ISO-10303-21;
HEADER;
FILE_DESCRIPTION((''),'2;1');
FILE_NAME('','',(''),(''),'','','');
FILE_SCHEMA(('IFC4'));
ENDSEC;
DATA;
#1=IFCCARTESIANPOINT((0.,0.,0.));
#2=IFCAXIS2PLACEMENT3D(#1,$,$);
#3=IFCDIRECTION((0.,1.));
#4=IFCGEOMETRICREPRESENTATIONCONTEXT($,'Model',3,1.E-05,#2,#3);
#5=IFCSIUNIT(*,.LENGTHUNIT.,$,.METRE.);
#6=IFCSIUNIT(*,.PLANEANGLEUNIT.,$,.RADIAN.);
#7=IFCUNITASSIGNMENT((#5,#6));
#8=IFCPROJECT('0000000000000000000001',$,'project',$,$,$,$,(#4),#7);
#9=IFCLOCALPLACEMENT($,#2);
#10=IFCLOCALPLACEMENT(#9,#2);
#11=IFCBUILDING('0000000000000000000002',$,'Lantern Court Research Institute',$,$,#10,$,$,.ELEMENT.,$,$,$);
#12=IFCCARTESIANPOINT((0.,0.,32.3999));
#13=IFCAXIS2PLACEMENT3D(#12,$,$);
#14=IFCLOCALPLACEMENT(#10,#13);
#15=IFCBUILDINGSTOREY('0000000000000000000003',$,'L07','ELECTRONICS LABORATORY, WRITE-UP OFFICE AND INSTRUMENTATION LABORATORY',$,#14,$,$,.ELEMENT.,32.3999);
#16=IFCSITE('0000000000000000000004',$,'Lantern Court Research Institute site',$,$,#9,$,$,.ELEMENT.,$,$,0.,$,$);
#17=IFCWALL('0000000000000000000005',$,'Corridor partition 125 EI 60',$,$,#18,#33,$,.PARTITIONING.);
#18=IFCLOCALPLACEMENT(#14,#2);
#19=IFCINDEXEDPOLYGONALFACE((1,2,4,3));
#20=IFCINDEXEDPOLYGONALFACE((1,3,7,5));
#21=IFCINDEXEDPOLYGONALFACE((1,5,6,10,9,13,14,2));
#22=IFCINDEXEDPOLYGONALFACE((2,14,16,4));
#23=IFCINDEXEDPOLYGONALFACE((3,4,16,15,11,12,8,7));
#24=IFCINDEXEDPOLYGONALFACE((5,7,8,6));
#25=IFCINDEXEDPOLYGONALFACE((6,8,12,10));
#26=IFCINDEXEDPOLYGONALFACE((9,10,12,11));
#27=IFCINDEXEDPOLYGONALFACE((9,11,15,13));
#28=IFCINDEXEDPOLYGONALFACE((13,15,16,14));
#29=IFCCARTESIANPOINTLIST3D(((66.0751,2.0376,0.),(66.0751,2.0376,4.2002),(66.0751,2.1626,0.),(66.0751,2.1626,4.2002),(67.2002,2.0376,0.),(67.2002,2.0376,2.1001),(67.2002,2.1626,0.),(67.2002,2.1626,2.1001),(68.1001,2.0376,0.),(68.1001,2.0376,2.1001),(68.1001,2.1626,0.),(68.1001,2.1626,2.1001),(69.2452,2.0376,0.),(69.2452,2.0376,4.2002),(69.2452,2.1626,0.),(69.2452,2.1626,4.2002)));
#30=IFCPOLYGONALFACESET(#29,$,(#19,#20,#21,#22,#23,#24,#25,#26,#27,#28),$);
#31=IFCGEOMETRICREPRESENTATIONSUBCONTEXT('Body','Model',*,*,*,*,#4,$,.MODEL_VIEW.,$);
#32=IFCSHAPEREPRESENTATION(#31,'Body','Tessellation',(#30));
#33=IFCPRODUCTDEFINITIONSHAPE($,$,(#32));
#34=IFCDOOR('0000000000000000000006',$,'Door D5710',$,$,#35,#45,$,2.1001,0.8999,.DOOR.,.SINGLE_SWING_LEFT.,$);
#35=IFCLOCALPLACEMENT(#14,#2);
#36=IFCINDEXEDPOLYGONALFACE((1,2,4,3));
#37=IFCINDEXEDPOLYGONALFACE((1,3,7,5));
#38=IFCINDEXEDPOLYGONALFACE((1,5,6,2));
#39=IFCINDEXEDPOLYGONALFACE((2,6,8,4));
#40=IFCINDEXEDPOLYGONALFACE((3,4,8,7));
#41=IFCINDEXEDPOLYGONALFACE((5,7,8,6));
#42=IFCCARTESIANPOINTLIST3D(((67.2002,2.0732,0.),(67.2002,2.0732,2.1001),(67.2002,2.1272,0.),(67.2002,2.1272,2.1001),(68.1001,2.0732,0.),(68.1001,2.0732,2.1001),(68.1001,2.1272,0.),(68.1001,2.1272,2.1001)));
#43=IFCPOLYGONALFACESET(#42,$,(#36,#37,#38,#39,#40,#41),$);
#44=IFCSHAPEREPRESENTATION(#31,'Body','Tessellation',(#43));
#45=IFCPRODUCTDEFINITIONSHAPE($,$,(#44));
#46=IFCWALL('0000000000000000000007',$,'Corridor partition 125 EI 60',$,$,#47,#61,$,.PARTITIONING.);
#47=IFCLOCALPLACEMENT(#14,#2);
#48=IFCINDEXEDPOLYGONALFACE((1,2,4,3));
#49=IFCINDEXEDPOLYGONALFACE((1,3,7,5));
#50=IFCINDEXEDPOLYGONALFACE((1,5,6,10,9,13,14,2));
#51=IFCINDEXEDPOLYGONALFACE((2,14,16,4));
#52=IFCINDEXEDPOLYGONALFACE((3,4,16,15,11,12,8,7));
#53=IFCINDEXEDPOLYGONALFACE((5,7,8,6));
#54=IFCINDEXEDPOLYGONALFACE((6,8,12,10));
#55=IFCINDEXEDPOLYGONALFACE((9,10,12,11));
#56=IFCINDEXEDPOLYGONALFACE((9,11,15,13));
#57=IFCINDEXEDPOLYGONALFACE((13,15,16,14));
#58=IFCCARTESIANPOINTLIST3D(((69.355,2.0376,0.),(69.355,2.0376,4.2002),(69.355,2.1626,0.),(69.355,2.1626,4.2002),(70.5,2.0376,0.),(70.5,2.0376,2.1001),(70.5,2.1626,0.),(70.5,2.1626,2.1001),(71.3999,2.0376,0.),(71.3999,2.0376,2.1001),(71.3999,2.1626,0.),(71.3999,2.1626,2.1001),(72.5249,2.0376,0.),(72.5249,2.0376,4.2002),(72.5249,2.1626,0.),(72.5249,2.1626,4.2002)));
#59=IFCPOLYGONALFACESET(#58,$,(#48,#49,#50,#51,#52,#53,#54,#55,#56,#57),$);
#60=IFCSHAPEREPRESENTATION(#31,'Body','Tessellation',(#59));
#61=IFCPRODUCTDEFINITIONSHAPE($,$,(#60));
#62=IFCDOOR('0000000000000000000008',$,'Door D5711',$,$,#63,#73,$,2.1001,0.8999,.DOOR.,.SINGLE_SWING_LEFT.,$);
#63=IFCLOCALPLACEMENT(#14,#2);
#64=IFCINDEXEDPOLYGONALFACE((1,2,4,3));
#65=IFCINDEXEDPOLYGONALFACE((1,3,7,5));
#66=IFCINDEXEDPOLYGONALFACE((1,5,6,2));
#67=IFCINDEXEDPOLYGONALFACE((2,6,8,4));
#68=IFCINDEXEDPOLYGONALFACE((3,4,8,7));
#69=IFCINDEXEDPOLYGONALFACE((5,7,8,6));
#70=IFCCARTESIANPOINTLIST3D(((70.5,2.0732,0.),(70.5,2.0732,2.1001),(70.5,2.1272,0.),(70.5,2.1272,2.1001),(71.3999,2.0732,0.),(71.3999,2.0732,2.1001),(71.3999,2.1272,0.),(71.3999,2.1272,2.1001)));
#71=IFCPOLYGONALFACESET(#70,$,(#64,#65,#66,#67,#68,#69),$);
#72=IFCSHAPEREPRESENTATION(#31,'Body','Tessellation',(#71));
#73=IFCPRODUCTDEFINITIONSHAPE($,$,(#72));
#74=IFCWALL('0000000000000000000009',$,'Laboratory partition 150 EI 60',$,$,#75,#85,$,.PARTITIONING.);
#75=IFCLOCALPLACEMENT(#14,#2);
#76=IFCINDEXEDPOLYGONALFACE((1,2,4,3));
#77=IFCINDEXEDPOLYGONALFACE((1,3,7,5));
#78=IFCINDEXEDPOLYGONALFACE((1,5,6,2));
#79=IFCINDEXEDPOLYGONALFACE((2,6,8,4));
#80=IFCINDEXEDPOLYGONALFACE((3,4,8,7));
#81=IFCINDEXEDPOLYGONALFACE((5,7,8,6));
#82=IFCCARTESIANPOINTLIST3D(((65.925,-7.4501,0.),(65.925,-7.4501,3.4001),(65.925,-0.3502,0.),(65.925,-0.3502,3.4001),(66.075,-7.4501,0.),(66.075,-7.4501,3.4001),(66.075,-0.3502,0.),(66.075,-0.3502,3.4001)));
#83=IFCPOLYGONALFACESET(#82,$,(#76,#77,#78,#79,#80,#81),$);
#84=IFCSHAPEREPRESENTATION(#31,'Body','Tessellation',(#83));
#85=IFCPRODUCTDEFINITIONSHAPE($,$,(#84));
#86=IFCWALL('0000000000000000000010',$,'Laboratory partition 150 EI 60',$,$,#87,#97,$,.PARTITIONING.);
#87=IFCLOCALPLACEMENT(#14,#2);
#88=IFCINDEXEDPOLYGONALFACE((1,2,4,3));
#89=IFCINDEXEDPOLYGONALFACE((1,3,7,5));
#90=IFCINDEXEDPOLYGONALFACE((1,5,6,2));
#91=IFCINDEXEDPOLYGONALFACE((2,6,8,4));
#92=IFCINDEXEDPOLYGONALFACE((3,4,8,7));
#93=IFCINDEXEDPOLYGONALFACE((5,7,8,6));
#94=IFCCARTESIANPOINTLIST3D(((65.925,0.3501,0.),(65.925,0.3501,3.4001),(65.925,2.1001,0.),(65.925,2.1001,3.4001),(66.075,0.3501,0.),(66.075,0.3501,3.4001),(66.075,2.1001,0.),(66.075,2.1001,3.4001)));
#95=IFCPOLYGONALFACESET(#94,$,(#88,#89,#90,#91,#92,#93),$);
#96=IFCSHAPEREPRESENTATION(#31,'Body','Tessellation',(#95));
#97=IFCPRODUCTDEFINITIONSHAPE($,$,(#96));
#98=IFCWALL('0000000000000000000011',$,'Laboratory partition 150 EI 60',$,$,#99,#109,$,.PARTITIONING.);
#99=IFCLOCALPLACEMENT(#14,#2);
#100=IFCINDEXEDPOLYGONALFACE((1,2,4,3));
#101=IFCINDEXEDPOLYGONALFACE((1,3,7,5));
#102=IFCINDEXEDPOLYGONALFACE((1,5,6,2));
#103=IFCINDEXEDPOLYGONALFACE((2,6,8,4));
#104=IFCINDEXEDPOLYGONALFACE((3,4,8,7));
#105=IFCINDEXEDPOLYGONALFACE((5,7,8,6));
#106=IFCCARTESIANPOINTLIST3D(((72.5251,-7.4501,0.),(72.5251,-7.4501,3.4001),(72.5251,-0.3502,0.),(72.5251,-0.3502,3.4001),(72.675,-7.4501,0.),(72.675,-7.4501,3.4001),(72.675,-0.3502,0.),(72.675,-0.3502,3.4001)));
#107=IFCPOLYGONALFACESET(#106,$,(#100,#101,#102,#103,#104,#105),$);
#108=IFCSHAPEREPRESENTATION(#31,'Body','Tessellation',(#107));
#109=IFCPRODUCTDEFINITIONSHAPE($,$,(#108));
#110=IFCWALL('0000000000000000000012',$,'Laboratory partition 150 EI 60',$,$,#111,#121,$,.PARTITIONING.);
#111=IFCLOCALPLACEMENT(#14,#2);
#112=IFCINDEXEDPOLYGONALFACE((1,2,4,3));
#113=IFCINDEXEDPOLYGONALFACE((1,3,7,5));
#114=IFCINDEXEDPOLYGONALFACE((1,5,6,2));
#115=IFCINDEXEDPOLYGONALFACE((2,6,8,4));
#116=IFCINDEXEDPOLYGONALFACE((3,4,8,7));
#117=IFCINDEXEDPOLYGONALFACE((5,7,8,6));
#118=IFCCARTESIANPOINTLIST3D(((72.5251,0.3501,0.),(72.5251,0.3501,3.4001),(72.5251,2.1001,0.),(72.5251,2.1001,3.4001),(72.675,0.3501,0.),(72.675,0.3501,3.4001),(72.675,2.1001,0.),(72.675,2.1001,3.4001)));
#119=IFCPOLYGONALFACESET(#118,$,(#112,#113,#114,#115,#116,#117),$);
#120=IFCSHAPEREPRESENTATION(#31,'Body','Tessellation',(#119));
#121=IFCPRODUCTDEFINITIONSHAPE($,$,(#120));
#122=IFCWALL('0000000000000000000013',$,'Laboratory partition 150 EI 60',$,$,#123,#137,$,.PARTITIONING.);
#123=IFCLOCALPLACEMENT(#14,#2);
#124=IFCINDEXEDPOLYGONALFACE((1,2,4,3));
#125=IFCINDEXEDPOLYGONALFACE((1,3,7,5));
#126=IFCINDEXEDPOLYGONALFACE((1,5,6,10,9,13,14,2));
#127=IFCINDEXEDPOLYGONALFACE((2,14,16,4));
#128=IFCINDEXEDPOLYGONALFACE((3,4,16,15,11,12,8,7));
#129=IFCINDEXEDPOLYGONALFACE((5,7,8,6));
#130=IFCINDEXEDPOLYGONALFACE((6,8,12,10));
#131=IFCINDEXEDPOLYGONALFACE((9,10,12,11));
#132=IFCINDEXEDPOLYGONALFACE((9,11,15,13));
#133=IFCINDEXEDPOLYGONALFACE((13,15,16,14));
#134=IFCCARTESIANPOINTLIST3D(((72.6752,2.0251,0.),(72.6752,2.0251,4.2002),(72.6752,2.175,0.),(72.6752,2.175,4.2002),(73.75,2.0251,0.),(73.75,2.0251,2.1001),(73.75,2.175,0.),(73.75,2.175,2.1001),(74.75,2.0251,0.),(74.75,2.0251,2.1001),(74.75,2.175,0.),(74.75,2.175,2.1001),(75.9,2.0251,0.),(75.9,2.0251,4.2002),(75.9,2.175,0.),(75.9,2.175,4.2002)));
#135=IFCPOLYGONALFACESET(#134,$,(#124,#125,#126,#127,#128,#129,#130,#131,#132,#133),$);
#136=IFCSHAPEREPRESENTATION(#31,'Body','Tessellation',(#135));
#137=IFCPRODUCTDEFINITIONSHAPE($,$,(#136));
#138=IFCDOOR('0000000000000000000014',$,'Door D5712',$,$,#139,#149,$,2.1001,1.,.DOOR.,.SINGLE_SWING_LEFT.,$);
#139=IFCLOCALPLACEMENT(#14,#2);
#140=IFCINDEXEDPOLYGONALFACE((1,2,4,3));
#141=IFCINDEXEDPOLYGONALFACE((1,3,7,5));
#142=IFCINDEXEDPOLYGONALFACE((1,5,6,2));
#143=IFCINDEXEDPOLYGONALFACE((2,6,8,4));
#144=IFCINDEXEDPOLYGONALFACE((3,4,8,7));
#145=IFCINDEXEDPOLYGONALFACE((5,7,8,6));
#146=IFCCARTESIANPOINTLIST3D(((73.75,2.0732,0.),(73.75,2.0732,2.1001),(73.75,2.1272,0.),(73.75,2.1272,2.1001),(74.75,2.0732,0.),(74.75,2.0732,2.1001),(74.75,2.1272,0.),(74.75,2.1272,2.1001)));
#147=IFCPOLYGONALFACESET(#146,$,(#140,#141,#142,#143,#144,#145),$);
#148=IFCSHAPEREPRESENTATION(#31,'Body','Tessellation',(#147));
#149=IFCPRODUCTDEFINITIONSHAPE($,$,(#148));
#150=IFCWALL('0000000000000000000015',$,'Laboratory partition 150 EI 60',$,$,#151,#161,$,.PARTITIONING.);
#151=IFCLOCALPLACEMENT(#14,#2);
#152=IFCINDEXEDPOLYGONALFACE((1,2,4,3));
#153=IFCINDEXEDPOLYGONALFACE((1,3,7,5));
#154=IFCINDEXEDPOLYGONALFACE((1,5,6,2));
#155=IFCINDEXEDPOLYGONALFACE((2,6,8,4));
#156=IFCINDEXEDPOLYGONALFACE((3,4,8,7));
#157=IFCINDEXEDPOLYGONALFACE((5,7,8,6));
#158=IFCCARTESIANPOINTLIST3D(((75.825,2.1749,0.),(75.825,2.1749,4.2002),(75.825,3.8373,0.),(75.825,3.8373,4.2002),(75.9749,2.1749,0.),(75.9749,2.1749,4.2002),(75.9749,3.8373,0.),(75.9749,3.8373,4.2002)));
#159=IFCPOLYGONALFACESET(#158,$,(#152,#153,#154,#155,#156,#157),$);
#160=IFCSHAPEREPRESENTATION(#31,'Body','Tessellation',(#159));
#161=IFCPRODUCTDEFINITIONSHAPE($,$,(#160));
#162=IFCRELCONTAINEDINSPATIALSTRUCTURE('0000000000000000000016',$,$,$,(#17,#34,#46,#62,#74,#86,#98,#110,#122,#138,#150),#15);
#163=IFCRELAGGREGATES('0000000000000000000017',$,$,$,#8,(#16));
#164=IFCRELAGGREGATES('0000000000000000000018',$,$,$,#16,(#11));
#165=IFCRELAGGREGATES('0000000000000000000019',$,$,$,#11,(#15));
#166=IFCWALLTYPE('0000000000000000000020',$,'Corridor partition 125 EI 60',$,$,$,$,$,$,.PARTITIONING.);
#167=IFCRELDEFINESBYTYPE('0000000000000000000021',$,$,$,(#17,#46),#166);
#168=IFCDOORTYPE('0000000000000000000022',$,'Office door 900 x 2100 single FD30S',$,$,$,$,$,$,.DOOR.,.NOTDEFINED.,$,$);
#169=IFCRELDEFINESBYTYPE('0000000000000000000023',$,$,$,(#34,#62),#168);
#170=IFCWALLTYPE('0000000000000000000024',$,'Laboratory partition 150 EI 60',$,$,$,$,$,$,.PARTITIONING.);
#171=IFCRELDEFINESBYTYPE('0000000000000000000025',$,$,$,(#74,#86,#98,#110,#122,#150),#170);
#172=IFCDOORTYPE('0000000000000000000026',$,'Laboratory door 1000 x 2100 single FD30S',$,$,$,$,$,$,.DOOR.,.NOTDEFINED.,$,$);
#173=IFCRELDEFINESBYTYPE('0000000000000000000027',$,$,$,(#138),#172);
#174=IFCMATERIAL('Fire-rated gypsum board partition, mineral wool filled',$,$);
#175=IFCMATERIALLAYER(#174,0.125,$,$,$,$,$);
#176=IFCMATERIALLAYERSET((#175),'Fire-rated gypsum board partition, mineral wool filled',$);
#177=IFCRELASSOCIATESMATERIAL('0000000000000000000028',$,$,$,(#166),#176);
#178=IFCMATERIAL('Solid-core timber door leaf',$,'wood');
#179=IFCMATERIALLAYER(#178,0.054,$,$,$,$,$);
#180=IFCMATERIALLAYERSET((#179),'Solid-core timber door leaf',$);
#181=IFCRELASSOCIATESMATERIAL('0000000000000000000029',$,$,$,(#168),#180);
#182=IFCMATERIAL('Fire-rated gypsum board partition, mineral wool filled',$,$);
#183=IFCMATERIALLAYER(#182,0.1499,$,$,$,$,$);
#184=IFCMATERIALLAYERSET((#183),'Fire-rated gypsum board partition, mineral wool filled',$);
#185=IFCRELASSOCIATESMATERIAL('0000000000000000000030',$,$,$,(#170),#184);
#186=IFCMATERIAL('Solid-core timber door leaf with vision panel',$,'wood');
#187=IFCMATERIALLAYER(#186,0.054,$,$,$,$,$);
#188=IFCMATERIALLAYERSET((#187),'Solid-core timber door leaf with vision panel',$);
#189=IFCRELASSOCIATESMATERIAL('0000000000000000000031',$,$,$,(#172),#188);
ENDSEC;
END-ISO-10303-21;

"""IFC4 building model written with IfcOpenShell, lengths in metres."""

from ifc_helpers import new_model, si_unit, direction, frame, frame_2d, origin, place, context, subcontext, project, spatial, rectangle, extrude, material, layer, layer_set, type_object, element, fill, save


model = new_model("IFC4")

# Units and contexts
model_context = context("Model", 3, precision=1e-05, world=origin(), true_north=direction((0.0, 1.0)))
body_context = subcontext(model_context, "Body", "Model", "MODEL_VIEW")
ifc_project = project(units=[si_unit("LENGTHUNIT", "METRE"), si_unit("PLANEANGLEUNIT", "RADIAN")], contexts=[model_context])

# Site, building, storey
site_placement = place(None, origin())
site = spatial("IfcSite", under=ifc_project, at=site_placement, Name="Lantern Court Research Institute site", CompositionType="ELEMENT", RefElevation=0.0)
building_placement = place(site_placement, origin())
building = spatial("IfcBuilding", under=site, at=building_placement, Name="Lantern Court Research Institute", CompositionType="ELEMENT")
storey_placement = place(building_placement, frame((0.0, 0.0, 32.3999)))
storey = spatial("IfcBuildingStorey", under=building, at=storey_placement, Name="L07", Description="ELECTRONICS LABORATORY, WRITE-UP OFFICE AND INSTRUMENTATION LABORATORY", CompositionType="ELEMENT", Elevation=32.3999)

# Walls, openings, doors
ifc_material_1 = material(Name="Fire-rated gypsum board partition, mineral wool filled")
ifc_layer_1 = layer(ifc_material_1, 0.125)
ifc_layer_set_1 = layer_set([ifc_layer_1], Name="Fire-rated gypsum board partition, mineral wool filled")
wall_type_1 = type_object("IfcWallType", Name="Corridor partition 125 EI 60", PredefinedType="PARTITIONING", material=ifc_layer_set_1)
wall_1_placement = place(storey_placement, frame((69.2451, 2.1001, 0.0), z_axis=(0.0, 0.0, 1.0), x_axis=(-1.0, 0.0, 0.0)))
wall_1 = element("IfcWall", 1, at=wall_1_placement, inside=storey, type_object=wall_type_1, Name="Corridor partition 125 EI 60", PredefinedType="PARTITIONING", context=body_context, shape_type="SweptSolid", body=[
    extrude(rectangle(XDim=3.1702, YDim=0.125, at=frame_2d((1.585, 0.0))), origin(), (0.0, 0.0, 1.0), 4.2002),
])
opening_1_placement = place(wall_1_placement, frame((1.145, 0.0, 0.0)))
opening_1 = element("IfcOpeningElement", 2, at=opening_1_placement, cuts=wall_1, PredefinedType="OPENING", context=body_context, shape_type="SweptSolid", body=[
    extrude(rectangle(XDim=0.8999, YDim=2.1001, at=frame_2d((0.45, 1.05))), frame((0.0, 0.0725, 0.0), z_axis=(0.0, -1.0, 0.0), x_axis=(1.0, 0.0, 0.0)), (0.0, 0.0, 1.0), 0.145),
])
ifc_material_2 = material(Name="Solid-core timber door leaf", Category="wood")
ifc_layer_2 = layer(ifc_material_2, 0.054)
ifc_layer_set_2 = layer_set([ifc_layer_2], Name="Solid-core timber door leaf")
door_type_1 = type_object("IfcDoorType", Name="Office door 900 x 2100 single FD30S", OperationType="NOTDEFINED", PredefinedType="DOOR", material=ifc_layer_set_2)
door_1_placement = place(opening_1_placement, origin())
door_1 = element("IfcDoor", 3, at=door_1_placement, inside=storey, type_object=door_type_1, Name="Door D5710", OperationType="SINGLE_SWING_LEFT", OverallHeight=2.1001, OverallWidth=0.8999, PredefinedType="DOOR", context=body_context, shape_type="SweptSolid", body=[
    extrude(rectangle(XDim=0.8999, YDim=2.1001, at=frame_2d((0.45, 1.05))), frame((0.0, 0.0269, 0.0), z_axis=(0.0, -1.0, 0.0), x_axis=(1.0, 0.0, 0.0)), (0.0, 0.0, 1.0), 0.054),
])
fill(opening_1, door_1)
wall_2_placement = place(storey_placement, frame((72.5249, 2.1001, 0.0), z_axis=(0.0, 0.0, 1.0), x_axis=(-1.0, 0.0, 0.0)))
wall_2 = element("IfcWall", 4, at=wall_2_placement, inside=storey, type_object=wall_type_1, Name="Corridor partition 125 EI 60", PredefinedType="PARTITIONING", context=body_context, shape_type="SweptSolid", body=[
    extrude(rectangle(XDim=3.1699, YDim=0.125, at=frame_2d((1.585, 0.0))), origin(), (0.0, 0.0, 1.0), 4.2002),
])
opening_2_placement = place(wall_2_placement, frame((1.125, 0.0, 0.0)))
opening_2 = element("IfcOpeningElement", 5, at=opening_2_placement, cuts=wall_2, PredefinedType="OPENING", context=body_context, shape_type="SweptSolid", body=[
    extrude(rectangle(XDim=0.8999, YDim=2.1001, at=frame_2d((0.45, 1.05))), frame((0.0, 0.0725, 0.0), z_axis=(0.0, -1.0, 0.0), x_axis=(1.0, 0.0, 0.0)), (0.0, 0.0, 1.0), 0.145),
])
door_2_placement = place(opening_2_placement, origin())
door_2 = element("IfcDoor", 6, at=door_2_placement, inside=storey, type_object=door_type_1, Name="Door D5711", OperationType="SINGLE_SWING_LEFT", OverallHeight=2.1001, OverallWidth=0.8999, PredefinedType="DOOR", context=body_context, shape_type="SweptSolid", body=[
    extrude(rectangle(XDim=0.8999, YDim=2.1001, at=frame_2d((0.45, 1.05))), frame((0.0, 0.0269, 0.0), z_axis=(0.0, -1.0, 0.0), x_axis=(1.0, 0.0, 0.0)), (0.0, 0.0, 1.0), 0.054),
])
fill(opening_2, door_2)

# Walls
ifc_material_3 = material(Name="Fire-rated gypsum board partition, mineral wool filled")
ifc_layer_3 = layer(ifc_material_3, 0.1499)
ifc_layer_set_3 = layer_set([ifc_layer_3], Name="Fire-rated gypsum board partition, mineral wool filled")
wall_type_2 = type_object("IfcWallType", Name="Laboratory partition 150 EI 60", PredefinedType="PARTITIONING", material=ifc_layer_set_3)
wall_3_placement = place(storey_placement, frame((66.0, -7.45, 0.0), z_axis=(0.0, 0.0, 1.0), x_axis=(0.0, 1.0, 0.0)))
element("IfcWall", 7, at=wall_3_placement, inside=storey, type_object=wall_type_2, Name="Laboratory partition 150 EI 60", PredefinedType="PARTITIONING", context=body_context, shape_type="SweptSolid", body=[
    extrude(rectangle(XDim=7.0999, YDim=0.1499, at=frame_2d((3.5498, 0.0))), origin(), (0.0, 0.0, 1.0), 3.4001),
])
wall_4_placement = place(storey_placement, frame((66.0, 0.3501, 0.0), z_axis=(0.0, 0.0, 1.0), x_axis=(0.0, 1.0, 0.0)))
element("IfcWall", 8, at=wall_4_placement, inside=storey, type_object=wall_type_2, Name="Laboratory partition 150 EI 60", PredefinedType="PARTITIONING", context=body_context, shape_type="SweptSolid", body=[
    extrude(rectangle(XDim=1.75, YDim=0.1499, at=frame_2d((0.875, 0.0))), origin(), (0.0, 0.0, 1.0), 3.4001),
])
wall_5_placement = place(storey_placement, frame((72.6001, -7.45, 0.0), z_axis=(0.0, 0.0, 1.0), x_axis=(0.0, 1.0, 0.0)))
element("IfcWall", 9, at=wall_5_placement, inside=storey, type_object=wall_type_2, Name="Laboratory partition 150 EI 60", PredefinedType="PARTITIONING", context=body_context, shape_type="SweptSolid", body=[
    extrude(rectangle(XDim=7.0999, YDim=0.1499, at=frame_2d((3.5498, 0.0))), origin(), (0.0, 0.0, 1.0), 3.4001),
])
wall_6_placement = place(storey_placement, frame((72.6001, 0.3501, 0.0), z_axis=(0.0, 0.0, 1.0), x_axis=(0.0, 1.0, 0.0)))
element("IfcWall", 10, at=wall_6_placement, inside=storey, type_object=wall_type_2, Name="Laboratory partition 150 EI 60", PredefinedType="PARTITIONING", context=body_context, shape_type="SweptSolid", body=[
    extrude(rectangle(XDim=1.75, YDim=0.1499, at=frame_2d((0.875, 0.0))), origin(), (0.0, 0.0, 1.0), 3.4001),
])

# Wall, opening, door
wall_7_placement = place(storey_placement, frame((75.8999, 2.1001, 0.0), z_axis=(0.0, 0.0, 1.0), x_axis=(-1.0, 0.0, 0.0)))
wall_7 = element("IfcWall", 11, at=wall_7_placement, inside=storey, type_object=wall_type_2, Name="Laboratory partition 150 EI 60", PredefinedType="PARTITIONING", context=body_context, shape_type="SweptSolid", body=[
    extrude(rectangle(XDim=3.2249, YDim=0.1499, at=frame_2d((1.6123, 0.0))), origin(), (0.0, 0.0, 1.0), 4.2002),
])
opening_3_placement = place(wall_7_placement, frame((1.1499, 0.0, 0.0)))
opening_3 = element("IfcOpeningElement", 12, at=opening_3_placement, cuts=wall_7, PredefinedType="OPENING", context=body_context, shape_type="SweptSolid", body=[
    extrude(rectangle(XDim=1.0, YDim=2.1001, at=frame_2d((0.5, 1.05))), frame((0.0, 0.085, 0.0), z_axis=(0.0, -1.0, 0.0), x_axis=(1.0, 0.0, 0.0)), (0.0, 0.0, 1.0), 0.1699),
])
ifc_material_4 = material(Name="Solid-core timber door leaf with vision panel", Category="wood")
ifc_layer_4 = layer(ifc_material_4, 0.054)
ifc_layer_set_4 = layer_set([ifc_layer_4], Name="Solid-core timber door leaf with vision panel")
door_type_2 = type_object("IfcDoorType", Name="Laboratory door 1000 x 2100 single FD30S", OperationType="NOTDEFINED", PredefinedType="DOOR", material=ifc_layer_set_4)
door_3_placement = place(opening_3_placement, origin())
door_3 = element("IfcDoor", 13, at=door_3_placement, inside=storey, type_object=door_type_2, Name="Door D5712", OperationType="SINGLE_SWING_LEFT", OverallHeight=2.1001, OverallWidth=1.0, PredefinedType="DOOR", context=body_context, shape_type="SweptSolid", body=[
    extrude(rectangle(XDim=1.0, YDim=2.1001, at=frame_2d((0.5, 1.05))), frame((0.0, 0.0269, 0.0), z_axis=(0.0, -1.0, 0.0), x_axis=(1.0, 0.0, 0.0)), (0.0, 0.0, 1.0), 0.054),
])
fill(opening_3, door_3)

# Wall
wall_8_placement = place(storey_placement, frame((75.8999, 2.175, 0.0), z_axis=(0.0, 0.0, 1.0), x_axis=(0.0, 1.0, 0.0)))
element("IfcWall", 14, at=wall_8_placement, inside=storey, type_object=wall_type_2, Name="Laboratory partition 150 EI 60", PredefinedType="PARTITIONING", context=body_context, shape_type="SweptSolid", body=[
    extrude(rectangle(XDim=1.6624, YDim=0.1499, at=frame_2d((0.8311, 0.0))), origin(), (0.0, 0.0, 1.0), 4.2002),
])

save(model, "model.ifc")
